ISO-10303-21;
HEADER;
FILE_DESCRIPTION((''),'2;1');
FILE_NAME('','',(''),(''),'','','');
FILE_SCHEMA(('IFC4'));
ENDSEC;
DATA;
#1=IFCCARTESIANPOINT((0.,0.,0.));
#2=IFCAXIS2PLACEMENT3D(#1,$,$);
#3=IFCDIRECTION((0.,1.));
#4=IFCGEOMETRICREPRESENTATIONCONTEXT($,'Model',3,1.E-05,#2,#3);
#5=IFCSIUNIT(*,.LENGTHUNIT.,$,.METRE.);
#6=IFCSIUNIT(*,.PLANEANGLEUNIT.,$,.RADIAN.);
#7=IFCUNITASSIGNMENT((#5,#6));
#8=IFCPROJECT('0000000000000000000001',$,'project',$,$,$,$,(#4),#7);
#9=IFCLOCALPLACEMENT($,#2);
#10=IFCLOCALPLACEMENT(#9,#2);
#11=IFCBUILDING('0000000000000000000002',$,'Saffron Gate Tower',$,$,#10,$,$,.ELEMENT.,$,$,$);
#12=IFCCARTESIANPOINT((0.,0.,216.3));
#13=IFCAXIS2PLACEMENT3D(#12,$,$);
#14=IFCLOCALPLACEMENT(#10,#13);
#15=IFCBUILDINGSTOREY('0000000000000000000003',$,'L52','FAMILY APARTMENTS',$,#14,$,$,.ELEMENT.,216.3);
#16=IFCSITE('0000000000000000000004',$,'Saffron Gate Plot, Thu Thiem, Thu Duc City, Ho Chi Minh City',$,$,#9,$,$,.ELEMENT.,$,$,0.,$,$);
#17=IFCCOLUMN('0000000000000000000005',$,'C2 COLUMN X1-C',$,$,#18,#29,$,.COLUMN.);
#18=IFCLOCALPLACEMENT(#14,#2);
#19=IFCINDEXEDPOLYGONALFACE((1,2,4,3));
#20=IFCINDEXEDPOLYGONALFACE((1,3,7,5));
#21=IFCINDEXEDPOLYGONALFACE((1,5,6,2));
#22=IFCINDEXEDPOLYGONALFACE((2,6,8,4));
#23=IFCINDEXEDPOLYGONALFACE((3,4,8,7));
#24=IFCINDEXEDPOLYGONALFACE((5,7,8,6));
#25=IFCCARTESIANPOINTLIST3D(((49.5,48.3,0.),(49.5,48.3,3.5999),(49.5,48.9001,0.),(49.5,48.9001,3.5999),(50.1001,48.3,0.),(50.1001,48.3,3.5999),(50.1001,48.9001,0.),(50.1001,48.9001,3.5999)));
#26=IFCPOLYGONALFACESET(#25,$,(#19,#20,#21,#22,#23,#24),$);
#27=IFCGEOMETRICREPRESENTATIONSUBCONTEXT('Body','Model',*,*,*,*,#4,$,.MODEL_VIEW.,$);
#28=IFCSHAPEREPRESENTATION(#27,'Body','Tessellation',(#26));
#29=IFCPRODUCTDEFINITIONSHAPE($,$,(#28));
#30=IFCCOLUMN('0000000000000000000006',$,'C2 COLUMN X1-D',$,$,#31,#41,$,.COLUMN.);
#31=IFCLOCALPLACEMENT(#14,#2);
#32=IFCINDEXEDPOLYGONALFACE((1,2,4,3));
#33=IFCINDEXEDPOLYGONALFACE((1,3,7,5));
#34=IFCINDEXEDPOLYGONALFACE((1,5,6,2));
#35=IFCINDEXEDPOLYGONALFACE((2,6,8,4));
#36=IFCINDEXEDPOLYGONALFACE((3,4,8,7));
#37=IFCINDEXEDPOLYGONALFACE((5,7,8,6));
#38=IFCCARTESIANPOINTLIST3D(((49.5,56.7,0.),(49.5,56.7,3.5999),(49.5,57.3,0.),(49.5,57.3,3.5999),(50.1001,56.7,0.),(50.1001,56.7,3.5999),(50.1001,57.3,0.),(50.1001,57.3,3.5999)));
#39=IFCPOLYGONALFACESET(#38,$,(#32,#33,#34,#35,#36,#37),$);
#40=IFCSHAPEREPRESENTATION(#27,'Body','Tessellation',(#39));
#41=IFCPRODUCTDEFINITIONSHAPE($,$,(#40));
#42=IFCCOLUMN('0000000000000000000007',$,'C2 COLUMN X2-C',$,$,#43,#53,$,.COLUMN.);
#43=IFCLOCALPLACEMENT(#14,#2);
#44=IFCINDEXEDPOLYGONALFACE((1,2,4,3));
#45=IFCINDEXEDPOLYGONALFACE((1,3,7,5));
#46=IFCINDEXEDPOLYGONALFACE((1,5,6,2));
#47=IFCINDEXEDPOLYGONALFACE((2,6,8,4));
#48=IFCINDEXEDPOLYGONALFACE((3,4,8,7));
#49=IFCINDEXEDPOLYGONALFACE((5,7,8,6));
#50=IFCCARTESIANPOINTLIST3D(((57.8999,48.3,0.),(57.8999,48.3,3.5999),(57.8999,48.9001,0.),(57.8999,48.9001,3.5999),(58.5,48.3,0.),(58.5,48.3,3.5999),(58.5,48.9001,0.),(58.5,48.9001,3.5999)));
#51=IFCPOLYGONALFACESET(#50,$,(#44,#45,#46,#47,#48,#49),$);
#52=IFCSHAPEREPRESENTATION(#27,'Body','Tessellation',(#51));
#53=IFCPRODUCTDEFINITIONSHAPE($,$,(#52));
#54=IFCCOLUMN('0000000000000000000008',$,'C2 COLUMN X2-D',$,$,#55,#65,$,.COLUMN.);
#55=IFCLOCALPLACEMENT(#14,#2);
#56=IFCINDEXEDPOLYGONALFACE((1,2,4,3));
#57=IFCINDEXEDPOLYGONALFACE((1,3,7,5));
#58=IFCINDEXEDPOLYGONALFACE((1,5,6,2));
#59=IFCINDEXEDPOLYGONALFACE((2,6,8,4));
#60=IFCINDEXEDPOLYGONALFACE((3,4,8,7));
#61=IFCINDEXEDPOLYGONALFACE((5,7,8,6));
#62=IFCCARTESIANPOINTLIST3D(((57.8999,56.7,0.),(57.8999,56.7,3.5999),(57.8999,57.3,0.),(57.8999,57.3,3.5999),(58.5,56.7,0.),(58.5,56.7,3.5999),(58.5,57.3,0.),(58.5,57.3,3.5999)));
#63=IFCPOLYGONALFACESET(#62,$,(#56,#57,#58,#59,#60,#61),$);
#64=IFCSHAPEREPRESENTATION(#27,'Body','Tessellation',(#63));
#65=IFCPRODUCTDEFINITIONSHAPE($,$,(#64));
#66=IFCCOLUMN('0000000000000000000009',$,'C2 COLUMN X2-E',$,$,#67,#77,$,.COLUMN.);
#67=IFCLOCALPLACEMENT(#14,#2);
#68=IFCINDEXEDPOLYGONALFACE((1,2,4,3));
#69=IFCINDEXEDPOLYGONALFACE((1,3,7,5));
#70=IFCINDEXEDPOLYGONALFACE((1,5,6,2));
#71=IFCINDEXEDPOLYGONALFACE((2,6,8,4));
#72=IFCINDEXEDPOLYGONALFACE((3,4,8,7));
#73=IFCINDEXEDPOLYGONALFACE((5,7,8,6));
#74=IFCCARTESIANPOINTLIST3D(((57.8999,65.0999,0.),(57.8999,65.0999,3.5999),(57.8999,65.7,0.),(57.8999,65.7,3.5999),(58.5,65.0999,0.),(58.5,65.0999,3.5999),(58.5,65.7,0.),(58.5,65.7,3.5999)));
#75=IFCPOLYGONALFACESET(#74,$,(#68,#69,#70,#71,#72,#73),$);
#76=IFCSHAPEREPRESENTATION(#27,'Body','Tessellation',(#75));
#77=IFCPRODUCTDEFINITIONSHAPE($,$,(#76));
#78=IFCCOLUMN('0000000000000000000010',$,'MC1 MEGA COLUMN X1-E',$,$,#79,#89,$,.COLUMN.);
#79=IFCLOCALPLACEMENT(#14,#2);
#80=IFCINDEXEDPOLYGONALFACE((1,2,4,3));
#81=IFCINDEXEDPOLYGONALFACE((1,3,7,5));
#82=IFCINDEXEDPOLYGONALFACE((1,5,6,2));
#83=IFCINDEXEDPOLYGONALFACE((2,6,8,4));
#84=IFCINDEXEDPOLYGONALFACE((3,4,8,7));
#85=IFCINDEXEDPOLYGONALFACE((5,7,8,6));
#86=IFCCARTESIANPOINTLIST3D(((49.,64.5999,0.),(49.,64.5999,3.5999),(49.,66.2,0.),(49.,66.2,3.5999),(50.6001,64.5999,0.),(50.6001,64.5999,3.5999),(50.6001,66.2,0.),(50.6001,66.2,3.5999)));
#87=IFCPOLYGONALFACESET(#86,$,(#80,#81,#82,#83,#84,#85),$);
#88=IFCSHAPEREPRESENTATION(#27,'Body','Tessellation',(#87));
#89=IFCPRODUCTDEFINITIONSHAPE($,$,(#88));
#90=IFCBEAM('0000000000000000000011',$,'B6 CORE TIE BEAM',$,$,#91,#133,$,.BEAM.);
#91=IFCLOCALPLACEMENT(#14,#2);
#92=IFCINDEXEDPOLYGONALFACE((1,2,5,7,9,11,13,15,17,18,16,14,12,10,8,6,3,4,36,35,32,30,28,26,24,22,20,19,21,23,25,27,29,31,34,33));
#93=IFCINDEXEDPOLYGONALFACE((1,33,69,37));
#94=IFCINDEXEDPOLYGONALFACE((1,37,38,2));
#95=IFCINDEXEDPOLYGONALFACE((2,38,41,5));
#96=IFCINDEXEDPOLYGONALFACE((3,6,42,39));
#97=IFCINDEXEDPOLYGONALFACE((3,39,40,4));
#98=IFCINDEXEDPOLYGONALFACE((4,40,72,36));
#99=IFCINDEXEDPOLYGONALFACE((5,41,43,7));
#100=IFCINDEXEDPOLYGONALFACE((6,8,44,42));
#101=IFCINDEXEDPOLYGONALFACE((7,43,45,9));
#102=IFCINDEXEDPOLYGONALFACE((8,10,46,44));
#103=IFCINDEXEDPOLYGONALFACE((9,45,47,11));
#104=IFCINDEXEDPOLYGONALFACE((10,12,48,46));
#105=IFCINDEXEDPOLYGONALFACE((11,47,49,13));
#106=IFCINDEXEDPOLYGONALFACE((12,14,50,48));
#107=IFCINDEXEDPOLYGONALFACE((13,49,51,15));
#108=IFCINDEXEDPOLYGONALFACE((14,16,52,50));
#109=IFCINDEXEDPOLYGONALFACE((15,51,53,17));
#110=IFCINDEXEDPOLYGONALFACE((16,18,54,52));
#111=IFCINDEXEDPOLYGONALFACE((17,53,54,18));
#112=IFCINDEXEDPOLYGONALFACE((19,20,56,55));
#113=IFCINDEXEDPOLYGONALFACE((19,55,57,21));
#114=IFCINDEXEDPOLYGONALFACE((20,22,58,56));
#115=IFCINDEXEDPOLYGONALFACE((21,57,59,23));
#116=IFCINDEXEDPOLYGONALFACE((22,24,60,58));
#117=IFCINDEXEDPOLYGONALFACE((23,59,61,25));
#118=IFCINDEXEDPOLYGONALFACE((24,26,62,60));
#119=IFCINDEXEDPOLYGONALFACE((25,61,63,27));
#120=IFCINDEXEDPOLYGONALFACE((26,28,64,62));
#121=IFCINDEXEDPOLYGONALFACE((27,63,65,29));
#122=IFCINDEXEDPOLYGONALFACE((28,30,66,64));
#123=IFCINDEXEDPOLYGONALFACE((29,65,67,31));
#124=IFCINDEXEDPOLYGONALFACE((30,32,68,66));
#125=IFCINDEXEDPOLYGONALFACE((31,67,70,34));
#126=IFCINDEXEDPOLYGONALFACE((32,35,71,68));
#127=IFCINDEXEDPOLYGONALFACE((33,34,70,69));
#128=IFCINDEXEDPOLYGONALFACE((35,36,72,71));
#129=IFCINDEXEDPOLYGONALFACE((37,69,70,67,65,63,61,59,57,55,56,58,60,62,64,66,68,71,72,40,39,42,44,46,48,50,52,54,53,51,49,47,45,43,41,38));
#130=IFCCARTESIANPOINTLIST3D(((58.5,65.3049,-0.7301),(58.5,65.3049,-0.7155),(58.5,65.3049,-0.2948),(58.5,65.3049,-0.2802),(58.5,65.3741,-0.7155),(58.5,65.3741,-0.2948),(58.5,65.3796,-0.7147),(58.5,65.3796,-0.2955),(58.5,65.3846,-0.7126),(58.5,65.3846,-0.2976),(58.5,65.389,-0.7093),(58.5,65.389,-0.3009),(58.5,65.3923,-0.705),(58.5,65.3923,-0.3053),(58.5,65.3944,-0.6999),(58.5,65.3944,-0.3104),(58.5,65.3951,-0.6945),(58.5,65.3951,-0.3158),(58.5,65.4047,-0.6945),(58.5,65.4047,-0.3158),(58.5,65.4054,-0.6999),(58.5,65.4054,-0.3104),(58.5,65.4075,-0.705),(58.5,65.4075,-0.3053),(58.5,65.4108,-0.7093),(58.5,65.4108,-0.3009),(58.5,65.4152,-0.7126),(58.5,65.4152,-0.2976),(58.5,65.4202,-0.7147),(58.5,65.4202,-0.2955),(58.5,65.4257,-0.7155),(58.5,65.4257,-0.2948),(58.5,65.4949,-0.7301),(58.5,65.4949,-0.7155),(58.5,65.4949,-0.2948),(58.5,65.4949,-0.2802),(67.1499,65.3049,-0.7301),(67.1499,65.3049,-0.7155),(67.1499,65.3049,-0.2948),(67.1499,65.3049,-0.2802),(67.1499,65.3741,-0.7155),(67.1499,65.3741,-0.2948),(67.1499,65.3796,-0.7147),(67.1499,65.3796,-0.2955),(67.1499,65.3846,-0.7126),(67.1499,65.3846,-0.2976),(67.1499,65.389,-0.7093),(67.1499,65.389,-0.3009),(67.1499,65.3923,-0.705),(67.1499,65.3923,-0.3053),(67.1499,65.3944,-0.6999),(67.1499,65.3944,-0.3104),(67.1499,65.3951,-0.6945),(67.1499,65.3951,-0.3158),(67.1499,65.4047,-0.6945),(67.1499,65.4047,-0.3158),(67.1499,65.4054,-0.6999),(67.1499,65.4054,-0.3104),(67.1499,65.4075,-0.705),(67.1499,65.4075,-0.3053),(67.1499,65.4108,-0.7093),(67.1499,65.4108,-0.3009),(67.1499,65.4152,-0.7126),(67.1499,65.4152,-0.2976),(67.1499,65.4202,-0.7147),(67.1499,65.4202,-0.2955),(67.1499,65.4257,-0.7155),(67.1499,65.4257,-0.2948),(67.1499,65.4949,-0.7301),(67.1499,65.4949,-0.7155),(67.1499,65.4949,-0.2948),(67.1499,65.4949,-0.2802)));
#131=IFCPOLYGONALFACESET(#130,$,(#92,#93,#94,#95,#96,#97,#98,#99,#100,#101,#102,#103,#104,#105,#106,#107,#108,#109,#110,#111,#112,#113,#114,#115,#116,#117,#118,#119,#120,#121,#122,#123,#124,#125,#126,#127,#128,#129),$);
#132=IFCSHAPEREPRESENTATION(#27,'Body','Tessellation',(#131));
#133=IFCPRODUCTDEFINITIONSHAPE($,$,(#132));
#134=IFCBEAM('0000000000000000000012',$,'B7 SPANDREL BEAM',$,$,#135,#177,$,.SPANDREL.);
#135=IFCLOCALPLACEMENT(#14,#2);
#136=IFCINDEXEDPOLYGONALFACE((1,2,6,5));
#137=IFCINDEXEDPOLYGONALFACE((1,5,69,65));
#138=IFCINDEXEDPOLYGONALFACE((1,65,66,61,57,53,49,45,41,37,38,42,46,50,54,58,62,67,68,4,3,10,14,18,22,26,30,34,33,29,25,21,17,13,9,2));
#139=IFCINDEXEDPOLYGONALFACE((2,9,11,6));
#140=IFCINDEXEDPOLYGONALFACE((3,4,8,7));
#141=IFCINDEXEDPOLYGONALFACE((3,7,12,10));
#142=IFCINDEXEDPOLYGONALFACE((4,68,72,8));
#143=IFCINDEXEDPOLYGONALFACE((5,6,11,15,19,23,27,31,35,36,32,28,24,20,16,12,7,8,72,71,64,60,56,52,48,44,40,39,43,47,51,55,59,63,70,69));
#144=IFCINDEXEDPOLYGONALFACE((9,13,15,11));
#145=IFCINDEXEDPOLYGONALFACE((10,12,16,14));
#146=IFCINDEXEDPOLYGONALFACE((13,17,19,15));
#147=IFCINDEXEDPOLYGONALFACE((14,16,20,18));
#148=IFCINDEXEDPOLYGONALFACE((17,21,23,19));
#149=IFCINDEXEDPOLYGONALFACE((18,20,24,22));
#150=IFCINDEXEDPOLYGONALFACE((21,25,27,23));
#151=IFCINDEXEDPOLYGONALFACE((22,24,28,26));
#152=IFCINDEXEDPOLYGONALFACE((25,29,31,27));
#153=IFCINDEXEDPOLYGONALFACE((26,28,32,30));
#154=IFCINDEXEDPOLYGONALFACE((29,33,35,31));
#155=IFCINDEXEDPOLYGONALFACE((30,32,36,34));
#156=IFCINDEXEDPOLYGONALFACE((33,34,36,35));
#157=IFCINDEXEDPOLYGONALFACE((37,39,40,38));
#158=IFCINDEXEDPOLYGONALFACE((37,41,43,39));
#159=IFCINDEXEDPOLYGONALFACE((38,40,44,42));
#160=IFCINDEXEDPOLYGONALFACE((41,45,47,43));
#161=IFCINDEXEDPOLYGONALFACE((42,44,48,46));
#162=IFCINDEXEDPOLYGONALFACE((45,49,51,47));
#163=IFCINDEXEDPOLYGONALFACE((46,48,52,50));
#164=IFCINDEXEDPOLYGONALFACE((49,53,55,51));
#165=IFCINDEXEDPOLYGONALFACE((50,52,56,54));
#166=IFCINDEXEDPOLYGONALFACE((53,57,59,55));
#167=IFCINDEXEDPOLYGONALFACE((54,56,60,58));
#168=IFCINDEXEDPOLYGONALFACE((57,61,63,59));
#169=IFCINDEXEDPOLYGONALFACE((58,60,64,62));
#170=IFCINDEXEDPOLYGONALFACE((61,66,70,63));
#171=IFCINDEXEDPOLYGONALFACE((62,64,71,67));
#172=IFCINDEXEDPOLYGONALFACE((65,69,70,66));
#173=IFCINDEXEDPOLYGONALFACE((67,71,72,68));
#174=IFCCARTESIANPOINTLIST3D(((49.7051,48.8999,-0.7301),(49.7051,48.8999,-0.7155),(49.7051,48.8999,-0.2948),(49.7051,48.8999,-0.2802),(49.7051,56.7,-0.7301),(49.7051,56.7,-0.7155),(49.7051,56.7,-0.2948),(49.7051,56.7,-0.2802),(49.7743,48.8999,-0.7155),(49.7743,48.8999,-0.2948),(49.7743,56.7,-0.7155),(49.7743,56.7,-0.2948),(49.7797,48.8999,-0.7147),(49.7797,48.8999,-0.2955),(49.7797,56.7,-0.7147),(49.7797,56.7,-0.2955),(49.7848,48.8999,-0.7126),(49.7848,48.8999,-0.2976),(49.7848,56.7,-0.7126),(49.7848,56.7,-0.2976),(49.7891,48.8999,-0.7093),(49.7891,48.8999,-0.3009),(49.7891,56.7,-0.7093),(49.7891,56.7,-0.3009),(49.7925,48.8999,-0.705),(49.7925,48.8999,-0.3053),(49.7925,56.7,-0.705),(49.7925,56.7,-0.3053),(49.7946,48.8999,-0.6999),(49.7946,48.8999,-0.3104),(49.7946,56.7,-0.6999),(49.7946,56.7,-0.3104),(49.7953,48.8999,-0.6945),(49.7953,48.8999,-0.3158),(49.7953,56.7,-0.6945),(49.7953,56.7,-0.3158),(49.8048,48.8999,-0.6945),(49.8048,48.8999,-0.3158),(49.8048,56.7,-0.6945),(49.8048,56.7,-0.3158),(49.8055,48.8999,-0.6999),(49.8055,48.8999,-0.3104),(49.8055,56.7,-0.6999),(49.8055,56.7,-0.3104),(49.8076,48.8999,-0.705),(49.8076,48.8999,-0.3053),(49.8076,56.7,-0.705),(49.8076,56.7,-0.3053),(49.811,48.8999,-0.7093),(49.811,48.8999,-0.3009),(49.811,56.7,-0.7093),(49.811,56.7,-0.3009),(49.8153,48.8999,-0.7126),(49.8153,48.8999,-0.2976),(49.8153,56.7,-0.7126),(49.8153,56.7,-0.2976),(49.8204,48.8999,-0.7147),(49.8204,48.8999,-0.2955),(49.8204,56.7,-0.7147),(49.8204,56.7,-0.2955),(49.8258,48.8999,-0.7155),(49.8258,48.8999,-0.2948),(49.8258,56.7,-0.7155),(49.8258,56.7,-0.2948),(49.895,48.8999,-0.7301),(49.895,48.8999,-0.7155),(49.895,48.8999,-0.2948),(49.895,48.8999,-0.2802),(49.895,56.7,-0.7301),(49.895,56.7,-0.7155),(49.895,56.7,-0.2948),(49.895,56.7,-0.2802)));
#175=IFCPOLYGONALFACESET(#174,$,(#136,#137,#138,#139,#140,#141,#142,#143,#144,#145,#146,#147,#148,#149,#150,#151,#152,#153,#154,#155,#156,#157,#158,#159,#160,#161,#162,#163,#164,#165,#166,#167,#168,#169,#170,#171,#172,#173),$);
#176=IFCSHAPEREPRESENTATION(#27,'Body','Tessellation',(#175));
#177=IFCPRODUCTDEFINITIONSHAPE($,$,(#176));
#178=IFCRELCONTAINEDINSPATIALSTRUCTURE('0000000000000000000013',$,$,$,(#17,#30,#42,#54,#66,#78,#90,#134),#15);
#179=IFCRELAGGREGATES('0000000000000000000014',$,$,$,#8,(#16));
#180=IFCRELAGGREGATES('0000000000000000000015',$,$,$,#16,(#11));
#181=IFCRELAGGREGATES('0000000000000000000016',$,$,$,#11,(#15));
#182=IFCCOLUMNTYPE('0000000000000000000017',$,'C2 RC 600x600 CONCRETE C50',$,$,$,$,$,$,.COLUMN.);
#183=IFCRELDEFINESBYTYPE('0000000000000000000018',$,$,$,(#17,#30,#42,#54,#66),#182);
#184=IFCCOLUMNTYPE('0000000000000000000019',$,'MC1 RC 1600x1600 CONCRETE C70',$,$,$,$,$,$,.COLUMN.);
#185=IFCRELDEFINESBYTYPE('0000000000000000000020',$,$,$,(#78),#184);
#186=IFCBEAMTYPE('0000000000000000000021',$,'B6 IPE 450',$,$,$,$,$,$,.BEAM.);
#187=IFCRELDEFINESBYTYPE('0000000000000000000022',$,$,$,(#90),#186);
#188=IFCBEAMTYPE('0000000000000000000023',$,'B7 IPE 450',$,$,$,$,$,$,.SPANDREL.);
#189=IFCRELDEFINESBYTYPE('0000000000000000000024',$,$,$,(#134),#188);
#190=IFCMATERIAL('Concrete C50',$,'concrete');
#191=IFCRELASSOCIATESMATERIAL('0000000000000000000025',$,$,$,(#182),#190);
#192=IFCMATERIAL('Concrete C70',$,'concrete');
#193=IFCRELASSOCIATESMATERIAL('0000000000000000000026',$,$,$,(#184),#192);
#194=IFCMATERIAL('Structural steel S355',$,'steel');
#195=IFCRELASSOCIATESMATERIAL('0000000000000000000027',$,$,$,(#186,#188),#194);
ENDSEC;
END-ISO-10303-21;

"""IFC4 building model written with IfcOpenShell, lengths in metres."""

from ifc_helpers import new_model, si_unit, direction, frame, origin, origin_2d, place, context, subcontext, project, spatial, rectangle, i_section, extrude, material, material_profile, profile_set, type_object, element, save


model = new_model("IFC4")

# Units and contexts
model_context = context("Model", 3, precision=1e-05, world=origin(), true_north=direction((0.0, 1.0)))
body_context = subcontext(model_context, "Body", "Model", "MODEL_VIEW")
ifc_project = project(units=[si_unit("LENGTHUNIT", "METRE"), si_unit("PLANEANGLEUNIT", "RADIAN")], contexts=[model_context])

# Site, building, storey
site_placement = place(None, origin())
site = spatial("IfcSite", under=ifc_project, at=site_placement, Name="Saffron Gate Plot, Thu Thiem, Thu Duc City, Ho Chi Minh City", CompositionType="ELEMENT", RefElevation=0.0)
building_placement = place(site_placement, origin())
building = spatial("IfcBuilding", under=site, at=building_placement, Name="Saffron Gate Tower", CompositionType="ELEMENT")
storey_placement = place(building_placement, frame((0.0, 0.0, 216.3)))
storey = spatial("IfcBuildingStorey", under=building, at=storey_placement, Name="L52", Description="FAMILY APARTMENTS", CompositionType="ELEMENT", Elevation=216.3)

# Columns
ifc_material_1 = material(Name="Concrete C50", Category="concrete")
ifc_material_profile_1 = material_profile(ifc_material_1, rectangle(XDim=0.6001, YDim=0.6001, at=origin_2d()))
ifc_profile_set_1 = profile_set([ifc_material_profile_1], Name="Concrete C50")
column_type_1 = type_object("IfcColumnType", Name="C2 RC 600x600 CONCRETE C50", PredefinedType="COLUMN", material=ifc_profile_set_1)
for number, where, z_axis, x_axis, name in (
    (1, (49.8, 48.6001, 0.0), (0.0, 0.0, 1.0), (1.0, 0.0, 0.0), "C2 COLUMN X1-C"),
    (2, (49.8, 57.0, 0.0), (0.0, 0.0, 1.0), (1.0, 0.0, 0.0), "C2 COLUMN X1-D"),
    (3, (58.2, 48.6001, 0.0), (0.0, 0.0, 1.0), (1.0, 0.0, 0.0), "C2 COLUMN X2-C"),
    (4, (58.2, 57.0, 0.0), (0.0, 0.0, 1.0), (1.0, 0.0, 0.0), "C2 COLUMN X2-D"),
    (5, (58.2, 65.3999, 0.0), (0.0, 0.0, 1.0), (1.0, 0.0, 0.0), "C2 COLUMN X2-E"),
):
    element("IfcColumn", number, at=place(storey_placement, frame(where, z_axis=z_axis, x_axis=x_axis)), inside=storey, type_object=column_type_1, Name=name, PredefinedType="COLUMN", context=body_context, shape_type="SweptSolid", body=[
        extrude(rectangle(XDim=0.6001, YDim=0.6001, at=origin_2d()), origin(), (0.0, 0.0, 1.0), 3.5999),
    ])
ifc_material_2 = material(Name="Concrete C70", Category="concrete")
ifc_material_profile_2 = material_profile(ifc_material_2, rectangle(XDim=1.6001, YDim=1.6001, at=origin_2d()))
ifc_profile_set_2 = profile_set([ifc_material_profile_2], Name="Concrete C70")
column_type_2 = type_object("IfcColumnType", Name="MC1 RC 1600x1600 CONCRETE C70", PredefinedType="COLUMN", material=ifc_profile_set_2)
column_placement = place(storey_placement, frame((49.8, 65.3999, 0.0), z_axis=(0.0, 0.0, 1.0), x_axis=(1.0, 0.0, 0.0)))
element("IfcColumn", 6, at=column_placement, inside=storey, type_object=column_type_2, Name="MC1 MEGA COLUMN X1-E", PredefinedType="COLUMN", context=body_context, shape_type="SweptSolid", body=[
    extrude(rectangle(XDim=1.6001, YDim=1.6001, at=origin_2d()), origin(), (0.0, 0.0, 1.0), 3.5999),
])

# Beams
ifc_material_3 = material(Name="Structural steel S355", Category="steel")
ifc_material_profile_3 = material_profile(ifc_material_3, i_section(OverallWidth=0.1899, OverallDepth=0.45, WebThickness=0.0095, FlangeThickness=0.0146, FilletRadius=0.021, at=origin_2d()))
ifc_profile_set_3 = profile_set([ifc_material_profile_3], Name="Structural steel S355")
beam_type_1 = type_object("IfcBeamType", Name="B6 IPE 450", PredefinedType="BEAM", material=ifc_profile_set_3)
beam_1_placement = place(storey_placement, frame((58.5, 65.3999, -0.5051), z_axis=(1.0, 0.0, 0.0), x_axis=(0.0, 1.0, 0.0)))
element("IfcBeam", 7, at=beam_1_placement, inside=storey, type_object=beam_type_1, Name="B6 CORE TIE BEAM", PredefinedType="BEAM", context=body_context, shape_type="SweptSolid", body=[
    extrude(i_section(OverallWidth=0.1899, OverallDepth=0.45, WebThickness=0.0095, FlangeThickness=0.0146, FilletRadius=0.021, at=origin_2d()), origin(), (0.0, 0.0, 1.0), 8.6499),
])
ifc_material_profile_4 = material_profile(ifc_material_3, i_section(OverallWidth=0.1899, OverallDepth=0.45, WebThickness=0.0095, FlangeThickness=0.0146, FilletRadius=0.021, at=origin_2d()))
ifc_profile_set_4 = profile_set([ifc_material_profile_4], Name="Structural steel S355")
beam_type_2 = type_object("IfcBeamType", Name="B7 IPE 450", PredefinedType="SPANDREL", material=ifc_profile_set_4)
beam_2_placement = place(storey_placement, frame((49.8, 48.8999, -0.5051), z_axis=(0.0, 1.0, 0.0), x_axis=(-1.0, 0.0, 0.0)))
element("IfcBeam", 8, at=beam_2_placement, inside=storey, type_object=beam_type_2, Name="B7 SPANDREL BEAM", PredefinedType="SPANDREL", context=body_context, shape_type="SweptSolid", body=[
    extrude(i_section(OverallWidth=0.1899, OverallDepth=0.45, WebThickness=0.0095, FlangeThickness=0.0146, FilletRadius=0.021, at=origin_2d()), origin(), (0.0, 0.0, 1.0), 7.8),
])

save(model, "model.ifc")
